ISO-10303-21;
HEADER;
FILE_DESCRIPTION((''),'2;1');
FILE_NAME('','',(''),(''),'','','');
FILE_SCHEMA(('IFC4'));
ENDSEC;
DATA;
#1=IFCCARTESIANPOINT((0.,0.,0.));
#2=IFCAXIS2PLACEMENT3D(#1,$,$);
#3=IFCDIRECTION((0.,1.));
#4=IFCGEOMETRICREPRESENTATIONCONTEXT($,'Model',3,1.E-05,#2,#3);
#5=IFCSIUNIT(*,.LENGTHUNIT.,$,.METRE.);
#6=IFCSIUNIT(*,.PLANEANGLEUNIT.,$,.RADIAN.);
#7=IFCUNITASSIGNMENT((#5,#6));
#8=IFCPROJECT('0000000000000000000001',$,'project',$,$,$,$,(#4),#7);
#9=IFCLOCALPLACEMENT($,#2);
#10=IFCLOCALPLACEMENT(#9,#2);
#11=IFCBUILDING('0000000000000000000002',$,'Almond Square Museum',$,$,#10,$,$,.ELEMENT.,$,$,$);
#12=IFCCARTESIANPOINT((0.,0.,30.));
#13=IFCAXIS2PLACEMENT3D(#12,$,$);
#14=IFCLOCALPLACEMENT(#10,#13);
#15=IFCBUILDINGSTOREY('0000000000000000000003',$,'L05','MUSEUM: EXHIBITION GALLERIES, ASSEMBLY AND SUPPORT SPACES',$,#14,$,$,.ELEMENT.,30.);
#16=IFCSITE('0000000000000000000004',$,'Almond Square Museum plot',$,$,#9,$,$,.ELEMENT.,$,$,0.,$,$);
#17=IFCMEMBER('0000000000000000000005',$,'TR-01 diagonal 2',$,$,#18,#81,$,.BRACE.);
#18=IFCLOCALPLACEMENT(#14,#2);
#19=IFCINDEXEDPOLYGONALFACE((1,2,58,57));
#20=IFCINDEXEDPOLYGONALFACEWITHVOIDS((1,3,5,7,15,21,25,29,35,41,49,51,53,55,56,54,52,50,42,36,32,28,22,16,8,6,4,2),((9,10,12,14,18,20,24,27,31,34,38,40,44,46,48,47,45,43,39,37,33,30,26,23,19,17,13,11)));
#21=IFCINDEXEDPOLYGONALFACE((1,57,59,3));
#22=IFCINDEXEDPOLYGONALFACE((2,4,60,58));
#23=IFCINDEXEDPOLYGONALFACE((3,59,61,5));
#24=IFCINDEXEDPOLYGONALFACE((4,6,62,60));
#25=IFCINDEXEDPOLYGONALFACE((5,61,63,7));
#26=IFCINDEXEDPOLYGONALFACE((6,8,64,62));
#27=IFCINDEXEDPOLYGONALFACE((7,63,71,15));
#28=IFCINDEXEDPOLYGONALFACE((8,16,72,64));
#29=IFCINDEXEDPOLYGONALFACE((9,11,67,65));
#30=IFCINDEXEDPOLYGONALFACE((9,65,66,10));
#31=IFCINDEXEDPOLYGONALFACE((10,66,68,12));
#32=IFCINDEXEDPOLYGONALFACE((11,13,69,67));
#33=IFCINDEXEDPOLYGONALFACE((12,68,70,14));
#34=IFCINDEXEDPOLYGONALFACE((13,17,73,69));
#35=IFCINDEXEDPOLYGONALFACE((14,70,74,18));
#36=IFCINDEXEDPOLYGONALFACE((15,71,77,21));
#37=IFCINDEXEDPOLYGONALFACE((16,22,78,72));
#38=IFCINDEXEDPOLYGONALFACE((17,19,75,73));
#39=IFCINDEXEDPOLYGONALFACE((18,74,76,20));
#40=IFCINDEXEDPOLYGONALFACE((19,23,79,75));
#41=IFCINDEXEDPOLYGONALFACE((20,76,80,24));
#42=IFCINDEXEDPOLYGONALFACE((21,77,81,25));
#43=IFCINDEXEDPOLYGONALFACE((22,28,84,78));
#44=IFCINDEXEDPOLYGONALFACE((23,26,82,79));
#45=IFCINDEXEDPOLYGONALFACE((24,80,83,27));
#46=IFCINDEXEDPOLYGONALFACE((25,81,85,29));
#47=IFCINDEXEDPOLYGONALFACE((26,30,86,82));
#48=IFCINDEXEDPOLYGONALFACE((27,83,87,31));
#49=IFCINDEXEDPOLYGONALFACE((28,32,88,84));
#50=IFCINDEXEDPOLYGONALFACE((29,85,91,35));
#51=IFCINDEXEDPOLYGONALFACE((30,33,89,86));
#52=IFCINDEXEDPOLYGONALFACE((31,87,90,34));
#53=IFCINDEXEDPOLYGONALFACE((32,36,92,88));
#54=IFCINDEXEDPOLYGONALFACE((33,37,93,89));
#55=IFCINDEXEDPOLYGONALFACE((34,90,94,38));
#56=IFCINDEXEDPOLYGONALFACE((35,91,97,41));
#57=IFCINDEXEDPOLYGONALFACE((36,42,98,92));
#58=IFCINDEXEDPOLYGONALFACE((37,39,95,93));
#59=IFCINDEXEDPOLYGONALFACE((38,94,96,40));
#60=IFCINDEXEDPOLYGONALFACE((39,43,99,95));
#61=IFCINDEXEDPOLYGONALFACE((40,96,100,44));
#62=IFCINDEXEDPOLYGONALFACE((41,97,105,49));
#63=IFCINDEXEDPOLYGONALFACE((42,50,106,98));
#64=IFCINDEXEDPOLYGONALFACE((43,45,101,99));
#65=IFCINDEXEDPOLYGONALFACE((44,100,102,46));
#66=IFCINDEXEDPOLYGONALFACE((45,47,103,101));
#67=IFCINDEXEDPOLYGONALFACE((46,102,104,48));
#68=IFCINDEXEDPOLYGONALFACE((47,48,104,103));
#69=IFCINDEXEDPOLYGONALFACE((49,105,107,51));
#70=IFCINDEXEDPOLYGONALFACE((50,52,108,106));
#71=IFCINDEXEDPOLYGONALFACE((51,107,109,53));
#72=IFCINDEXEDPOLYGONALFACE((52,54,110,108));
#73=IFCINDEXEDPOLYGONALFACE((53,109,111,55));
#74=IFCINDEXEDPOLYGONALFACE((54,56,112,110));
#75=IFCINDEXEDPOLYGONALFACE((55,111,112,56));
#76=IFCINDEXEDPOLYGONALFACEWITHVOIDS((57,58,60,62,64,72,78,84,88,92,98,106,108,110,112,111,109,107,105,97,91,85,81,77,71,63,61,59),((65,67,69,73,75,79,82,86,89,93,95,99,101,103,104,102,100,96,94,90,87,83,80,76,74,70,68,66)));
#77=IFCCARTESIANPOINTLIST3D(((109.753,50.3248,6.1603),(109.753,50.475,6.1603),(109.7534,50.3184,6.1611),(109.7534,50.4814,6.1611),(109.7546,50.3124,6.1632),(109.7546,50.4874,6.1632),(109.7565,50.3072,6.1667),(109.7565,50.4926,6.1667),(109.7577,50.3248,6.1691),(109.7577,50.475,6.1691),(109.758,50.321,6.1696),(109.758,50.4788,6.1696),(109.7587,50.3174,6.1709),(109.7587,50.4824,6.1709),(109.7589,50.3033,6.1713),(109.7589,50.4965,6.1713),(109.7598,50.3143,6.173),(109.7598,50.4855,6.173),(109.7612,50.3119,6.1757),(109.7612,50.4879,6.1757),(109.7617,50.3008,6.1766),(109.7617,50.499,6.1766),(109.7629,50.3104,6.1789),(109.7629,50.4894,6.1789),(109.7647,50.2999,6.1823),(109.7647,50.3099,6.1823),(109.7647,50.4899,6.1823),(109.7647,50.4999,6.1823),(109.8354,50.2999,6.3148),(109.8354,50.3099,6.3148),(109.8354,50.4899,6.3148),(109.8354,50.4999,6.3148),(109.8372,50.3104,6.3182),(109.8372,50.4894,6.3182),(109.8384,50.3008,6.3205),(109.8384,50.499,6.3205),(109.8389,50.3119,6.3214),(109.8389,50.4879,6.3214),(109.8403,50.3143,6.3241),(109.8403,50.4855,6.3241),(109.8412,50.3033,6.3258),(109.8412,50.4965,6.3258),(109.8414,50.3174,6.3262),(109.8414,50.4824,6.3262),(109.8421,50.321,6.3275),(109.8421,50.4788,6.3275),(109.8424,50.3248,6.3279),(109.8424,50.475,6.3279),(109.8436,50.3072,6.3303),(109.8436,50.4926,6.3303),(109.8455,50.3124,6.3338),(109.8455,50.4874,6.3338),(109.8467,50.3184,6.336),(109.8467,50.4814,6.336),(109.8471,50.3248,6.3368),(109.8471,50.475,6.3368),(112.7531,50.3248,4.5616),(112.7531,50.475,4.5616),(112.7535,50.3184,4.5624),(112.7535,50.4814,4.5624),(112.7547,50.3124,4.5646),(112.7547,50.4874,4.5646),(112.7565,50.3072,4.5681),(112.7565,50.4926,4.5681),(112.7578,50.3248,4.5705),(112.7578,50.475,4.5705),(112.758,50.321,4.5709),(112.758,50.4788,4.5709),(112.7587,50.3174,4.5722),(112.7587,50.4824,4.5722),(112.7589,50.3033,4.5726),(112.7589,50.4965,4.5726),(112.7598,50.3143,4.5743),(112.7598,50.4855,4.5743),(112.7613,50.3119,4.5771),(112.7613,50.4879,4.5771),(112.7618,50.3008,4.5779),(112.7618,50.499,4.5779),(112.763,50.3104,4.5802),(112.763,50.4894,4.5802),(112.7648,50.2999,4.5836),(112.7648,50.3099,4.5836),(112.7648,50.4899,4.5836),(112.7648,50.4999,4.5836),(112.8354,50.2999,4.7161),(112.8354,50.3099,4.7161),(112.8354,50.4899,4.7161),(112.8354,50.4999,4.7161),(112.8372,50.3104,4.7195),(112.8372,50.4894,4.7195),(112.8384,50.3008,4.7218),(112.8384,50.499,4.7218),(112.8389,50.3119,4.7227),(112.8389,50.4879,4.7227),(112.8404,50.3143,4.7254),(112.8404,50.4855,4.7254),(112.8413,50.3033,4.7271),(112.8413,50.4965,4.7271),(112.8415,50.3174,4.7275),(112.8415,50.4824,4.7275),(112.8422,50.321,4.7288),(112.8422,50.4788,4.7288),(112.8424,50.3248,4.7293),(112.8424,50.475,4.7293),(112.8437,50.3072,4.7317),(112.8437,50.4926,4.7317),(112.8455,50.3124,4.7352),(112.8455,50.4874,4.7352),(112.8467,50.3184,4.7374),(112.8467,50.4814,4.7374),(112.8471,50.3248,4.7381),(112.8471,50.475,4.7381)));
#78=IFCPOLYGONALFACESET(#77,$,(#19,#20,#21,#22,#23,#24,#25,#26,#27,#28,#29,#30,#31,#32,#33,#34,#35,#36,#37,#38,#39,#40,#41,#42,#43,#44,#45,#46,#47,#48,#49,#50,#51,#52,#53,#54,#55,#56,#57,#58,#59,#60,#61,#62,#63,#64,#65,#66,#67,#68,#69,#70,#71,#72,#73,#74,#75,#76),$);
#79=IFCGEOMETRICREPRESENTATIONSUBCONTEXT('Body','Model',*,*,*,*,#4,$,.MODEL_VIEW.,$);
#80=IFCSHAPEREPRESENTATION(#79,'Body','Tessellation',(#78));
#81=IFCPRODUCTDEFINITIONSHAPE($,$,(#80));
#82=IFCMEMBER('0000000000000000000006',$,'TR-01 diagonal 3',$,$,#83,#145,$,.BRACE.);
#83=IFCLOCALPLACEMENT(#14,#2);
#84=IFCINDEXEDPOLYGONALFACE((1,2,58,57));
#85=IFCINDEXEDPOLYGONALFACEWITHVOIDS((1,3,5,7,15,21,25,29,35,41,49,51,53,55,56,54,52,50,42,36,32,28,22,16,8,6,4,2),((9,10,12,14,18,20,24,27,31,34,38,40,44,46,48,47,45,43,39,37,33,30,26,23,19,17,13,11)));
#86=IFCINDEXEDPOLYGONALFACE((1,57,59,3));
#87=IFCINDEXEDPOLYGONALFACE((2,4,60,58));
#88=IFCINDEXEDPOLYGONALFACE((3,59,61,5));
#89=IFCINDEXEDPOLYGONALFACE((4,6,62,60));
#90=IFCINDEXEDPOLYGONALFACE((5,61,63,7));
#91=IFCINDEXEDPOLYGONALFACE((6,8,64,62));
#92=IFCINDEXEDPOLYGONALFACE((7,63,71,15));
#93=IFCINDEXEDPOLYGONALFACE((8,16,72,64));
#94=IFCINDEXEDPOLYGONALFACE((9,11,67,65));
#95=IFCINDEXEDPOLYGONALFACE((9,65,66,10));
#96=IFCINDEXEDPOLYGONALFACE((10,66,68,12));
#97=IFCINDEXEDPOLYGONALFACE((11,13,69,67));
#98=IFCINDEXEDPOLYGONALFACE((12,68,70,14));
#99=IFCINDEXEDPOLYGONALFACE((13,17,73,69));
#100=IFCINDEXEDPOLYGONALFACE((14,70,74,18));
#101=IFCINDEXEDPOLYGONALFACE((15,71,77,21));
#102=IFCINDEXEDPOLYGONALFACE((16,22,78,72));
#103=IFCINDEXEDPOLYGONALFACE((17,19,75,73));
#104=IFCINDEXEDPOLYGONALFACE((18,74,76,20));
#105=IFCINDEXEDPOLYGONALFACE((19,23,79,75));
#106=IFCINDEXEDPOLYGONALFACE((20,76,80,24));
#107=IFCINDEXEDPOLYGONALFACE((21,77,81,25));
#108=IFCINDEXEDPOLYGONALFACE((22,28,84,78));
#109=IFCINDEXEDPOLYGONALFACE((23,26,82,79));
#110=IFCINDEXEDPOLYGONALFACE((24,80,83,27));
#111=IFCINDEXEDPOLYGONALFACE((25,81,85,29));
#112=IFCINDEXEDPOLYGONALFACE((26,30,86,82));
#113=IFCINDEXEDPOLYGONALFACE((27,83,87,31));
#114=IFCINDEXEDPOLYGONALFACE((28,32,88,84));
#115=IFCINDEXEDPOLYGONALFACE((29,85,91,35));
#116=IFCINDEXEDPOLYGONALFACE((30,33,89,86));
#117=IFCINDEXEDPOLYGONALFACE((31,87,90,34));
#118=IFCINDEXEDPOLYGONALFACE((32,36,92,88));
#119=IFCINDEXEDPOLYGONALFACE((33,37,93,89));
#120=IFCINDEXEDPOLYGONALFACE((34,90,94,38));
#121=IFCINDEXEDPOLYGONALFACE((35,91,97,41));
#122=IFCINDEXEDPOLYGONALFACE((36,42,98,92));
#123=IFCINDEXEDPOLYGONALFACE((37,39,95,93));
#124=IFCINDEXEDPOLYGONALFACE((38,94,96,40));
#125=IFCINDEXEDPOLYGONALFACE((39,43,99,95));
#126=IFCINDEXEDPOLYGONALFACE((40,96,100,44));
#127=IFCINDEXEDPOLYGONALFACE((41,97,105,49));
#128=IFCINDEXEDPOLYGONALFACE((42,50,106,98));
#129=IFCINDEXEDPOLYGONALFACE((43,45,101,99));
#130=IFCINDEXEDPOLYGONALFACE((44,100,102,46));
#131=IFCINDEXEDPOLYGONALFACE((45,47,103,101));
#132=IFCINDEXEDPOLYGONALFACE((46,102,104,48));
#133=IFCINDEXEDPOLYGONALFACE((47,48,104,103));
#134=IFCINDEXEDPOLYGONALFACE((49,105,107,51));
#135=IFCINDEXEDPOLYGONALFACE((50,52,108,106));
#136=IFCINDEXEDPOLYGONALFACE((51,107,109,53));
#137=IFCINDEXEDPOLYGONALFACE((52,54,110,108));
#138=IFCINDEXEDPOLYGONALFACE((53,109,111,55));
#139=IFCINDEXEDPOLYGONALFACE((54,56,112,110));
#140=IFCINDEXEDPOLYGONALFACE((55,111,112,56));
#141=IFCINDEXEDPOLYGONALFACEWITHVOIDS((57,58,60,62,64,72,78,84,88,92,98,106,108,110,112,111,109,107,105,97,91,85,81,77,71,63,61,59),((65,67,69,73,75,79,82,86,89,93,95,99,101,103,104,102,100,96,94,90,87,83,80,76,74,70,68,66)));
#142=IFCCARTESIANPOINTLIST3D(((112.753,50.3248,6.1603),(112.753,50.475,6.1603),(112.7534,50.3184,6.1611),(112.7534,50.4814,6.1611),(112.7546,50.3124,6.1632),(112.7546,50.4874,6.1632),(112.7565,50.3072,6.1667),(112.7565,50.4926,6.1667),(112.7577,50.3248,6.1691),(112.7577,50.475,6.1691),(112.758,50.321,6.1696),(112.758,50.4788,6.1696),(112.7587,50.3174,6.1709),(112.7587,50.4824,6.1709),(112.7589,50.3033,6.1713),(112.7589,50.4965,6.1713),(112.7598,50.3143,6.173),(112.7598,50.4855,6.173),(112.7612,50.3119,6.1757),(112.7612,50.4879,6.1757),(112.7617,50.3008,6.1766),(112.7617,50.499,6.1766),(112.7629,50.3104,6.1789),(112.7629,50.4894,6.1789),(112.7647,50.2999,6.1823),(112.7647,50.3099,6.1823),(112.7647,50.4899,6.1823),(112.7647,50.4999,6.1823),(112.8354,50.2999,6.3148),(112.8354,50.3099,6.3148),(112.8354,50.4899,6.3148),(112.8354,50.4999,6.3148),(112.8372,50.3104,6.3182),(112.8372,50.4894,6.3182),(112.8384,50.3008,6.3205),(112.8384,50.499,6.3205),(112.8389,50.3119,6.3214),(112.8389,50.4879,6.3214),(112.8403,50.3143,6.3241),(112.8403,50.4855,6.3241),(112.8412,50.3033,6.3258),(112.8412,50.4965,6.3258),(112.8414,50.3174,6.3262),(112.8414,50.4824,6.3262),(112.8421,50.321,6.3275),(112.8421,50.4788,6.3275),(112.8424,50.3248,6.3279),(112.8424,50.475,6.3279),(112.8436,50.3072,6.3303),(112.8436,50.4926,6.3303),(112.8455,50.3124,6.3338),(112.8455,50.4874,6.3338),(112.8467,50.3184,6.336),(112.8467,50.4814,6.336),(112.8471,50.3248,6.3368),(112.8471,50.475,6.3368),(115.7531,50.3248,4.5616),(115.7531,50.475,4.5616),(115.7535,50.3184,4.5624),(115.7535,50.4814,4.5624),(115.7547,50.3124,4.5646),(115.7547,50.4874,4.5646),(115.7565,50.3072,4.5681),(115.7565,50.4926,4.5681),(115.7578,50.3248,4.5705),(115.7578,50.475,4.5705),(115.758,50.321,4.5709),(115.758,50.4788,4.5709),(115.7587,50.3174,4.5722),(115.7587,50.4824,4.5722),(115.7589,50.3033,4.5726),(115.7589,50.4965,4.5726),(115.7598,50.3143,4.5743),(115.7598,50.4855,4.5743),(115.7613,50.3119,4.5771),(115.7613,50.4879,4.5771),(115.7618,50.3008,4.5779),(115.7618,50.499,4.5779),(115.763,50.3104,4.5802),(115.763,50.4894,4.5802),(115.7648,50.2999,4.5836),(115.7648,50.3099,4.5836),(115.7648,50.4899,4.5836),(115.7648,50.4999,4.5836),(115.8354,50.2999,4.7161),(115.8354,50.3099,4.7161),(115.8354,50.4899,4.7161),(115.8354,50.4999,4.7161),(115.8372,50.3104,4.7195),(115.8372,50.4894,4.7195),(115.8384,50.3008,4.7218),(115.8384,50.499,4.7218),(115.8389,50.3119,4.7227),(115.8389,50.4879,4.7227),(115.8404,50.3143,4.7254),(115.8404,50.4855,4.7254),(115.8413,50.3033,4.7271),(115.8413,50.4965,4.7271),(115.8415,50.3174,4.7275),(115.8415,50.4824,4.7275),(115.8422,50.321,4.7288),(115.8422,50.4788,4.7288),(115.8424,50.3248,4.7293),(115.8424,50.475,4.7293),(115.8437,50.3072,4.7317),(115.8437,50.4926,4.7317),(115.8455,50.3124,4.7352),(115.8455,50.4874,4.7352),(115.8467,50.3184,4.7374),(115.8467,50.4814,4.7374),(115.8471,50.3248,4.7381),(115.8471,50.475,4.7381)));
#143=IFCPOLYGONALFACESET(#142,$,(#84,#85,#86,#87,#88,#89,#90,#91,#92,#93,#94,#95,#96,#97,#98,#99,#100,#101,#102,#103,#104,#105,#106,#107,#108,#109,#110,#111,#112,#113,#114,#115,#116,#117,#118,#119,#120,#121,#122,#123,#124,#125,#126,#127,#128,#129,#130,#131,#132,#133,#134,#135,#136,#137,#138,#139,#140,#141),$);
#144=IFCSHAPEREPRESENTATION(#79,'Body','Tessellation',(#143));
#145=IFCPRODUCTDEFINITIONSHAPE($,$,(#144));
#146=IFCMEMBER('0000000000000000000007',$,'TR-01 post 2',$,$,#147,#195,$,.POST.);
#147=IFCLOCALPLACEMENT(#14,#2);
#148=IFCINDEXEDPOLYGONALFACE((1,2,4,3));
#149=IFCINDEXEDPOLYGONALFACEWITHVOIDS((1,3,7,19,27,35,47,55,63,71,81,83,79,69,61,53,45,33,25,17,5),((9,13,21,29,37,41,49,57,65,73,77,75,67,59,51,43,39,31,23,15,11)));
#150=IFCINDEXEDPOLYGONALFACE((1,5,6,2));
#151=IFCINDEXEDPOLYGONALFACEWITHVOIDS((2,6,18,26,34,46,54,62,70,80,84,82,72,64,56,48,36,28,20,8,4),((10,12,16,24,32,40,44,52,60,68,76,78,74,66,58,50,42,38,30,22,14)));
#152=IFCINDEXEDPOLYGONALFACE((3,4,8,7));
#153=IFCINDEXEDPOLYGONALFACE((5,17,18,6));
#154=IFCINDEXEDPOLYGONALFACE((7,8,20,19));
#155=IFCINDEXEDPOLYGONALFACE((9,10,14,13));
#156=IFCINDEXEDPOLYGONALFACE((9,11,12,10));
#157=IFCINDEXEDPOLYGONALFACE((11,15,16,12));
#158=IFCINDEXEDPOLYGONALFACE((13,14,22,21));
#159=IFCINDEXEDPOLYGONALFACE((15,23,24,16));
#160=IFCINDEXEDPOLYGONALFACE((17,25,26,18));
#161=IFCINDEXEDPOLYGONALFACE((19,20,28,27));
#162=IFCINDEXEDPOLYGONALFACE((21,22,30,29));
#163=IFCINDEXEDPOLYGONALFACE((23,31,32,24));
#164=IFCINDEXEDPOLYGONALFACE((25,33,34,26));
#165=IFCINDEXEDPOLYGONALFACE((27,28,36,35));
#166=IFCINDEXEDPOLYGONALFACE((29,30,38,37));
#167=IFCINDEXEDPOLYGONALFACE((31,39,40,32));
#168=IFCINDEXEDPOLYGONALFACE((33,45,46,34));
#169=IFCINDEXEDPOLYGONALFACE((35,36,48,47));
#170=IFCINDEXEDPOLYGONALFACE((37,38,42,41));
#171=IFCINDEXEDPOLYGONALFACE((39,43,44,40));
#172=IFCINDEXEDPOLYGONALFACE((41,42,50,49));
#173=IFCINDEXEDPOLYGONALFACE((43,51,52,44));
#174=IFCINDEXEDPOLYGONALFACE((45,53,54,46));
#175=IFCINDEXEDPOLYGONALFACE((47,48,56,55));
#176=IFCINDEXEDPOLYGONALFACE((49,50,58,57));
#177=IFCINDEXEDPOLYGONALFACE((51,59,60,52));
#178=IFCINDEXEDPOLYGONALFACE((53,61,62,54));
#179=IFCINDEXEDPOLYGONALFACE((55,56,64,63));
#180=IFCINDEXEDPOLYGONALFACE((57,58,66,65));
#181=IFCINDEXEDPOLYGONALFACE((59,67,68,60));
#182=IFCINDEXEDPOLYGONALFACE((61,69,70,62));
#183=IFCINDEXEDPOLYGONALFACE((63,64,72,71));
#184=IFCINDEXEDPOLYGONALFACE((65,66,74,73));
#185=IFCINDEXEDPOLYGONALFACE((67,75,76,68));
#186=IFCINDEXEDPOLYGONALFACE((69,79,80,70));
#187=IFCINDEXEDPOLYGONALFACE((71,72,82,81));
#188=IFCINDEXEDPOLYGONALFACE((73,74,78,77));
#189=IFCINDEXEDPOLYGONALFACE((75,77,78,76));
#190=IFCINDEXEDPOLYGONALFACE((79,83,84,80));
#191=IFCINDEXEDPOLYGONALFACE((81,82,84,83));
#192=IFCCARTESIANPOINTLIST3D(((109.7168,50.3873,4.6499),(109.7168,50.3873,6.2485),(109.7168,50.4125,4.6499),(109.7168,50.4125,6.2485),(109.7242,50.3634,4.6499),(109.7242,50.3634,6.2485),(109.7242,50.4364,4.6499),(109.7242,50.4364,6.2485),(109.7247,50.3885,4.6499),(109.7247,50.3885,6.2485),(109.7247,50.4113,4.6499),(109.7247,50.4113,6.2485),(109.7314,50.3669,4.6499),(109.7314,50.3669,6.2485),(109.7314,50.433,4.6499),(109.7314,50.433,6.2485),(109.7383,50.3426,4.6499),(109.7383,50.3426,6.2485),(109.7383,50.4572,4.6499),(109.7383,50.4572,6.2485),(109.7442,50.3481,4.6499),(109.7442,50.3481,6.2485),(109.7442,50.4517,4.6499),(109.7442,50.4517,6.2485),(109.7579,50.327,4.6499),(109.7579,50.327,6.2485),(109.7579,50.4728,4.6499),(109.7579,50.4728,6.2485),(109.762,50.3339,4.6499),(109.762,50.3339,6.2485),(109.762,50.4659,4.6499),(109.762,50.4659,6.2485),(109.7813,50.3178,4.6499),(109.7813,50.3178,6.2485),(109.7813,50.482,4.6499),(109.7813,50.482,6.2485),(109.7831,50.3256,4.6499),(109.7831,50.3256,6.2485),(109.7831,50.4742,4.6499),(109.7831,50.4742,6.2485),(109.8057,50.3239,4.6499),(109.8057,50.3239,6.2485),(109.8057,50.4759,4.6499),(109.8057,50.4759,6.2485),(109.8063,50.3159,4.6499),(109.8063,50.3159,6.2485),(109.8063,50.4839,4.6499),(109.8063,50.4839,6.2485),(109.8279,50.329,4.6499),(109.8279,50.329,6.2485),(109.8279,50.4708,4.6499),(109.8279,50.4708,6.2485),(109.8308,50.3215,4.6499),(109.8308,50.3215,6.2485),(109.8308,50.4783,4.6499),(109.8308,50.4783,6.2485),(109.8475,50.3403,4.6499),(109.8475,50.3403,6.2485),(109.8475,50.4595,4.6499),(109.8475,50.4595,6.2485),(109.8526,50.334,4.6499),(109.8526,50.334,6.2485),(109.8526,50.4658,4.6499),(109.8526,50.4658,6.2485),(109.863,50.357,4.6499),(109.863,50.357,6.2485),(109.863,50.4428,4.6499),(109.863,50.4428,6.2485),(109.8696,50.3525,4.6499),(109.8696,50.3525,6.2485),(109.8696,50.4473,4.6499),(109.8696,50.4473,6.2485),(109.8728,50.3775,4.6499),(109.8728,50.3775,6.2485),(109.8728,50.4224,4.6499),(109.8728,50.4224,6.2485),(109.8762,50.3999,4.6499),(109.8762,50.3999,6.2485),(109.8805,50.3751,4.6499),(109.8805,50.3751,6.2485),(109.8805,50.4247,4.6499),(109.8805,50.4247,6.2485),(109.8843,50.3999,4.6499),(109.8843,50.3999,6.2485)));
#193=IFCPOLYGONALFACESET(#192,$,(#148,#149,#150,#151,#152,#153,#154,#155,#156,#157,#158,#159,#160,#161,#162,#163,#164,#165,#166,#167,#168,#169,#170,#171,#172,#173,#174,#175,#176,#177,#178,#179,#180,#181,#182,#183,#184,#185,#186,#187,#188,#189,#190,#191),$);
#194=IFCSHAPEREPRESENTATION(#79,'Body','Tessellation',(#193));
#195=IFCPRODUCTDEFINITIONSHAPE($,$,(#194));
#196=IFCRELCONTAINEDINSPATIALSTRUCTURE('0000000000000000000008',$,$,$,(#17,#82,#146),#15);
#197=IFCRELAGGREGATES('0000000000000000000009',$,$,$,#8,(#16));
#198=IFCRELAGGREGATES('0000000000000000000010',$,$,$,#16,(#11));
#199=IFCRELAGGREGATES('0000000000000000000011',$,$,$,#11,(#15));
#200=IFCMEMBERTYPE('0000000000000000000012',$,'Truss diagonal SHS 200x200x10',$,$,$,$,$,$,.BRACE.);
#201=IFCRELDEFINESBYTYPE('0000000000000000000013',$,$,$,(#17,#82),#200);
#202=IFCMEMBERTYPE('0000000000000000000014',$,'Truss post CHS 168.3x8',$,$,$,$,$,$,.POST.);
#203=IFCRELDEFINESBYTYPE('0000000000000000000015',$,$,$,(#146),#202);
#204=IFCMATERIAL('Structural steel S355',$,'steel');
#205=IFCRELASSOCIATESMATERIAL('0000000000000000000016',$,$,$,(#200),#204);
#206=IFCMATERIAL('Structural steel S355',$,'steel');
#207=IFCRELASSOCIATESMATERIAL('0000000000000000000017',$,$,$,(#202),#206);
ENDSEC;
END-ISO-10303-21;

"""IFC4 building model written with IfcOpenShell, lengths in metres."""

from ifc_helpers import new_model, si_unit, direction, frame, origin, origin_2d, place, context, subcontext, project, spatial, hollow_rectangle, hollow_circle, extrude, material, material_profile, profile_set, type_object, element, save


model = new_model("IFC4")

# Units and contexts
model_context = context("Model", 3, precision=1e-05, world=origin(), true_north=direction((0.0, 1.0)))
body_context = subcontext(model_context, "Body", "Model", "MODEL_VIEW")
ifc_project = project(units=[si_unit("LENGTHUNIT", "METRE"), si_unit("PLANEANGLEUNIT", "RADIAN")], contexts=[model_context])

# Site, building, storey
site_placement = place(None, origin())
site = spatial("IfcSite", under=ifc_project, at=site_placement, Name="Almond Square Museum plot", CompositionType="ELEMENT", RefElevation=0.0)
building_placement = place(site_placement, origin())
building = spatial("IfcBuilding", under=site, at=building_placement, Name="Almond Square Museum", CompositionType="ELEMENT")
storey_placement = place(building_placement, frame((0.0, 0.0, 30.0)))
storey = spatial("IfcBuildingStorey", under=building, at=storey_placement, Name="L05", Description="MUSEUM: EXHIBITION GALLERIES, ASSEMBLY AND SUPPORT SPACES", CompositionType="ELEMENT", Elevation=30.0)

# Members
ifc_material_1 = material(Name="Structural steel S355", Category="steel")
ifc_material_profile_1 = material_profile(ifc_material_1, hollow_rectangle(XDim=0.2, YDim=0.2, WallThickness=0.01, InnerFilletRadius=0.0149, OuterFilletRadius=0.0249, at=origin_2d()))
ifc_profile_set_1 = profile_set([ifc_material_profile_1], Name="Structural steel S355")
member_type_1 = type_object("IfcMemberType", Name="Truss diagonal SHS 200x200x10", PredefinedType="BRACE", material=ifc_profile_set_1)
for number, where, z_axis, x_axis, name in (
    (1, (109.8, 50.3999, 6.2485), (0.88252, 0.0, -0.470275), (0.0, 1.0, 0.0), "TR-01 diagonal 2"),
    (2, (112.8, 50.3999, 6.2485), (0.88252, 0.0, -0.470275), (0.0, 1.0, 0.0), "TR-01 diagonal 3"),
):
    element("IfcMember", number, at=place(storey_placement, frame(where, z_axis=z_axis, x_axis=x_axis)), inside=storey, type_object=member_type_1, Name=name, PredefinedType="BRACE", context=body_context, shape_type="SweptSolid", body=[
        extrude(hollow_rectangle(XDim=0.2, YDim=0.2, WallThickness=0.01, InnerFilletRadius=0.0149, OuterFilletRadius=0.0249, at=origin_2d()), origin(), (0.0, 0.0, 1.0), 3.3994),
    ])
ifc_material_2 = material(Name="Structural steel S355", Category="steel")
ifc_material_profile_2 = material_profile(ifc_material_2, hollow_circle(Radius=0.0842, WallThickness=0.0081, at=origin_2d()))
ifc_profile_set_2 = profile_set([ifc_material_profile_2], Name="Structural steel S355")
member_type_2 = type_object("IfcMemberType", Name="Truss post CHS 168.3x8", PredefinedType="POST", material=ifc_profile_set_2)
for number, where, z_axis, x_axis, name in (
    (3, (109.8, 50.3999, 4.6499), (0.0, 0.0, 1.0), (1.0, 0.0, 0.0), "TR-01 post 2"),
):
    element("IfcMember", number, at=place(storey_placement, frame(where, z_axis=z_axis, x_axis=x_axis)), inside=storey, type_object=member_type_2, Name=name, PredefinedType="POST", context=body_context, shape_type="SweptSolid", body=[
        extrude(hollow_circle(Radius=0.0842, WallThickness=0.0081, at=origin_2d()), origin(), (0.0, 0.0, 1.0), 1.5986),
    ])

save(model, "model.ifc")
